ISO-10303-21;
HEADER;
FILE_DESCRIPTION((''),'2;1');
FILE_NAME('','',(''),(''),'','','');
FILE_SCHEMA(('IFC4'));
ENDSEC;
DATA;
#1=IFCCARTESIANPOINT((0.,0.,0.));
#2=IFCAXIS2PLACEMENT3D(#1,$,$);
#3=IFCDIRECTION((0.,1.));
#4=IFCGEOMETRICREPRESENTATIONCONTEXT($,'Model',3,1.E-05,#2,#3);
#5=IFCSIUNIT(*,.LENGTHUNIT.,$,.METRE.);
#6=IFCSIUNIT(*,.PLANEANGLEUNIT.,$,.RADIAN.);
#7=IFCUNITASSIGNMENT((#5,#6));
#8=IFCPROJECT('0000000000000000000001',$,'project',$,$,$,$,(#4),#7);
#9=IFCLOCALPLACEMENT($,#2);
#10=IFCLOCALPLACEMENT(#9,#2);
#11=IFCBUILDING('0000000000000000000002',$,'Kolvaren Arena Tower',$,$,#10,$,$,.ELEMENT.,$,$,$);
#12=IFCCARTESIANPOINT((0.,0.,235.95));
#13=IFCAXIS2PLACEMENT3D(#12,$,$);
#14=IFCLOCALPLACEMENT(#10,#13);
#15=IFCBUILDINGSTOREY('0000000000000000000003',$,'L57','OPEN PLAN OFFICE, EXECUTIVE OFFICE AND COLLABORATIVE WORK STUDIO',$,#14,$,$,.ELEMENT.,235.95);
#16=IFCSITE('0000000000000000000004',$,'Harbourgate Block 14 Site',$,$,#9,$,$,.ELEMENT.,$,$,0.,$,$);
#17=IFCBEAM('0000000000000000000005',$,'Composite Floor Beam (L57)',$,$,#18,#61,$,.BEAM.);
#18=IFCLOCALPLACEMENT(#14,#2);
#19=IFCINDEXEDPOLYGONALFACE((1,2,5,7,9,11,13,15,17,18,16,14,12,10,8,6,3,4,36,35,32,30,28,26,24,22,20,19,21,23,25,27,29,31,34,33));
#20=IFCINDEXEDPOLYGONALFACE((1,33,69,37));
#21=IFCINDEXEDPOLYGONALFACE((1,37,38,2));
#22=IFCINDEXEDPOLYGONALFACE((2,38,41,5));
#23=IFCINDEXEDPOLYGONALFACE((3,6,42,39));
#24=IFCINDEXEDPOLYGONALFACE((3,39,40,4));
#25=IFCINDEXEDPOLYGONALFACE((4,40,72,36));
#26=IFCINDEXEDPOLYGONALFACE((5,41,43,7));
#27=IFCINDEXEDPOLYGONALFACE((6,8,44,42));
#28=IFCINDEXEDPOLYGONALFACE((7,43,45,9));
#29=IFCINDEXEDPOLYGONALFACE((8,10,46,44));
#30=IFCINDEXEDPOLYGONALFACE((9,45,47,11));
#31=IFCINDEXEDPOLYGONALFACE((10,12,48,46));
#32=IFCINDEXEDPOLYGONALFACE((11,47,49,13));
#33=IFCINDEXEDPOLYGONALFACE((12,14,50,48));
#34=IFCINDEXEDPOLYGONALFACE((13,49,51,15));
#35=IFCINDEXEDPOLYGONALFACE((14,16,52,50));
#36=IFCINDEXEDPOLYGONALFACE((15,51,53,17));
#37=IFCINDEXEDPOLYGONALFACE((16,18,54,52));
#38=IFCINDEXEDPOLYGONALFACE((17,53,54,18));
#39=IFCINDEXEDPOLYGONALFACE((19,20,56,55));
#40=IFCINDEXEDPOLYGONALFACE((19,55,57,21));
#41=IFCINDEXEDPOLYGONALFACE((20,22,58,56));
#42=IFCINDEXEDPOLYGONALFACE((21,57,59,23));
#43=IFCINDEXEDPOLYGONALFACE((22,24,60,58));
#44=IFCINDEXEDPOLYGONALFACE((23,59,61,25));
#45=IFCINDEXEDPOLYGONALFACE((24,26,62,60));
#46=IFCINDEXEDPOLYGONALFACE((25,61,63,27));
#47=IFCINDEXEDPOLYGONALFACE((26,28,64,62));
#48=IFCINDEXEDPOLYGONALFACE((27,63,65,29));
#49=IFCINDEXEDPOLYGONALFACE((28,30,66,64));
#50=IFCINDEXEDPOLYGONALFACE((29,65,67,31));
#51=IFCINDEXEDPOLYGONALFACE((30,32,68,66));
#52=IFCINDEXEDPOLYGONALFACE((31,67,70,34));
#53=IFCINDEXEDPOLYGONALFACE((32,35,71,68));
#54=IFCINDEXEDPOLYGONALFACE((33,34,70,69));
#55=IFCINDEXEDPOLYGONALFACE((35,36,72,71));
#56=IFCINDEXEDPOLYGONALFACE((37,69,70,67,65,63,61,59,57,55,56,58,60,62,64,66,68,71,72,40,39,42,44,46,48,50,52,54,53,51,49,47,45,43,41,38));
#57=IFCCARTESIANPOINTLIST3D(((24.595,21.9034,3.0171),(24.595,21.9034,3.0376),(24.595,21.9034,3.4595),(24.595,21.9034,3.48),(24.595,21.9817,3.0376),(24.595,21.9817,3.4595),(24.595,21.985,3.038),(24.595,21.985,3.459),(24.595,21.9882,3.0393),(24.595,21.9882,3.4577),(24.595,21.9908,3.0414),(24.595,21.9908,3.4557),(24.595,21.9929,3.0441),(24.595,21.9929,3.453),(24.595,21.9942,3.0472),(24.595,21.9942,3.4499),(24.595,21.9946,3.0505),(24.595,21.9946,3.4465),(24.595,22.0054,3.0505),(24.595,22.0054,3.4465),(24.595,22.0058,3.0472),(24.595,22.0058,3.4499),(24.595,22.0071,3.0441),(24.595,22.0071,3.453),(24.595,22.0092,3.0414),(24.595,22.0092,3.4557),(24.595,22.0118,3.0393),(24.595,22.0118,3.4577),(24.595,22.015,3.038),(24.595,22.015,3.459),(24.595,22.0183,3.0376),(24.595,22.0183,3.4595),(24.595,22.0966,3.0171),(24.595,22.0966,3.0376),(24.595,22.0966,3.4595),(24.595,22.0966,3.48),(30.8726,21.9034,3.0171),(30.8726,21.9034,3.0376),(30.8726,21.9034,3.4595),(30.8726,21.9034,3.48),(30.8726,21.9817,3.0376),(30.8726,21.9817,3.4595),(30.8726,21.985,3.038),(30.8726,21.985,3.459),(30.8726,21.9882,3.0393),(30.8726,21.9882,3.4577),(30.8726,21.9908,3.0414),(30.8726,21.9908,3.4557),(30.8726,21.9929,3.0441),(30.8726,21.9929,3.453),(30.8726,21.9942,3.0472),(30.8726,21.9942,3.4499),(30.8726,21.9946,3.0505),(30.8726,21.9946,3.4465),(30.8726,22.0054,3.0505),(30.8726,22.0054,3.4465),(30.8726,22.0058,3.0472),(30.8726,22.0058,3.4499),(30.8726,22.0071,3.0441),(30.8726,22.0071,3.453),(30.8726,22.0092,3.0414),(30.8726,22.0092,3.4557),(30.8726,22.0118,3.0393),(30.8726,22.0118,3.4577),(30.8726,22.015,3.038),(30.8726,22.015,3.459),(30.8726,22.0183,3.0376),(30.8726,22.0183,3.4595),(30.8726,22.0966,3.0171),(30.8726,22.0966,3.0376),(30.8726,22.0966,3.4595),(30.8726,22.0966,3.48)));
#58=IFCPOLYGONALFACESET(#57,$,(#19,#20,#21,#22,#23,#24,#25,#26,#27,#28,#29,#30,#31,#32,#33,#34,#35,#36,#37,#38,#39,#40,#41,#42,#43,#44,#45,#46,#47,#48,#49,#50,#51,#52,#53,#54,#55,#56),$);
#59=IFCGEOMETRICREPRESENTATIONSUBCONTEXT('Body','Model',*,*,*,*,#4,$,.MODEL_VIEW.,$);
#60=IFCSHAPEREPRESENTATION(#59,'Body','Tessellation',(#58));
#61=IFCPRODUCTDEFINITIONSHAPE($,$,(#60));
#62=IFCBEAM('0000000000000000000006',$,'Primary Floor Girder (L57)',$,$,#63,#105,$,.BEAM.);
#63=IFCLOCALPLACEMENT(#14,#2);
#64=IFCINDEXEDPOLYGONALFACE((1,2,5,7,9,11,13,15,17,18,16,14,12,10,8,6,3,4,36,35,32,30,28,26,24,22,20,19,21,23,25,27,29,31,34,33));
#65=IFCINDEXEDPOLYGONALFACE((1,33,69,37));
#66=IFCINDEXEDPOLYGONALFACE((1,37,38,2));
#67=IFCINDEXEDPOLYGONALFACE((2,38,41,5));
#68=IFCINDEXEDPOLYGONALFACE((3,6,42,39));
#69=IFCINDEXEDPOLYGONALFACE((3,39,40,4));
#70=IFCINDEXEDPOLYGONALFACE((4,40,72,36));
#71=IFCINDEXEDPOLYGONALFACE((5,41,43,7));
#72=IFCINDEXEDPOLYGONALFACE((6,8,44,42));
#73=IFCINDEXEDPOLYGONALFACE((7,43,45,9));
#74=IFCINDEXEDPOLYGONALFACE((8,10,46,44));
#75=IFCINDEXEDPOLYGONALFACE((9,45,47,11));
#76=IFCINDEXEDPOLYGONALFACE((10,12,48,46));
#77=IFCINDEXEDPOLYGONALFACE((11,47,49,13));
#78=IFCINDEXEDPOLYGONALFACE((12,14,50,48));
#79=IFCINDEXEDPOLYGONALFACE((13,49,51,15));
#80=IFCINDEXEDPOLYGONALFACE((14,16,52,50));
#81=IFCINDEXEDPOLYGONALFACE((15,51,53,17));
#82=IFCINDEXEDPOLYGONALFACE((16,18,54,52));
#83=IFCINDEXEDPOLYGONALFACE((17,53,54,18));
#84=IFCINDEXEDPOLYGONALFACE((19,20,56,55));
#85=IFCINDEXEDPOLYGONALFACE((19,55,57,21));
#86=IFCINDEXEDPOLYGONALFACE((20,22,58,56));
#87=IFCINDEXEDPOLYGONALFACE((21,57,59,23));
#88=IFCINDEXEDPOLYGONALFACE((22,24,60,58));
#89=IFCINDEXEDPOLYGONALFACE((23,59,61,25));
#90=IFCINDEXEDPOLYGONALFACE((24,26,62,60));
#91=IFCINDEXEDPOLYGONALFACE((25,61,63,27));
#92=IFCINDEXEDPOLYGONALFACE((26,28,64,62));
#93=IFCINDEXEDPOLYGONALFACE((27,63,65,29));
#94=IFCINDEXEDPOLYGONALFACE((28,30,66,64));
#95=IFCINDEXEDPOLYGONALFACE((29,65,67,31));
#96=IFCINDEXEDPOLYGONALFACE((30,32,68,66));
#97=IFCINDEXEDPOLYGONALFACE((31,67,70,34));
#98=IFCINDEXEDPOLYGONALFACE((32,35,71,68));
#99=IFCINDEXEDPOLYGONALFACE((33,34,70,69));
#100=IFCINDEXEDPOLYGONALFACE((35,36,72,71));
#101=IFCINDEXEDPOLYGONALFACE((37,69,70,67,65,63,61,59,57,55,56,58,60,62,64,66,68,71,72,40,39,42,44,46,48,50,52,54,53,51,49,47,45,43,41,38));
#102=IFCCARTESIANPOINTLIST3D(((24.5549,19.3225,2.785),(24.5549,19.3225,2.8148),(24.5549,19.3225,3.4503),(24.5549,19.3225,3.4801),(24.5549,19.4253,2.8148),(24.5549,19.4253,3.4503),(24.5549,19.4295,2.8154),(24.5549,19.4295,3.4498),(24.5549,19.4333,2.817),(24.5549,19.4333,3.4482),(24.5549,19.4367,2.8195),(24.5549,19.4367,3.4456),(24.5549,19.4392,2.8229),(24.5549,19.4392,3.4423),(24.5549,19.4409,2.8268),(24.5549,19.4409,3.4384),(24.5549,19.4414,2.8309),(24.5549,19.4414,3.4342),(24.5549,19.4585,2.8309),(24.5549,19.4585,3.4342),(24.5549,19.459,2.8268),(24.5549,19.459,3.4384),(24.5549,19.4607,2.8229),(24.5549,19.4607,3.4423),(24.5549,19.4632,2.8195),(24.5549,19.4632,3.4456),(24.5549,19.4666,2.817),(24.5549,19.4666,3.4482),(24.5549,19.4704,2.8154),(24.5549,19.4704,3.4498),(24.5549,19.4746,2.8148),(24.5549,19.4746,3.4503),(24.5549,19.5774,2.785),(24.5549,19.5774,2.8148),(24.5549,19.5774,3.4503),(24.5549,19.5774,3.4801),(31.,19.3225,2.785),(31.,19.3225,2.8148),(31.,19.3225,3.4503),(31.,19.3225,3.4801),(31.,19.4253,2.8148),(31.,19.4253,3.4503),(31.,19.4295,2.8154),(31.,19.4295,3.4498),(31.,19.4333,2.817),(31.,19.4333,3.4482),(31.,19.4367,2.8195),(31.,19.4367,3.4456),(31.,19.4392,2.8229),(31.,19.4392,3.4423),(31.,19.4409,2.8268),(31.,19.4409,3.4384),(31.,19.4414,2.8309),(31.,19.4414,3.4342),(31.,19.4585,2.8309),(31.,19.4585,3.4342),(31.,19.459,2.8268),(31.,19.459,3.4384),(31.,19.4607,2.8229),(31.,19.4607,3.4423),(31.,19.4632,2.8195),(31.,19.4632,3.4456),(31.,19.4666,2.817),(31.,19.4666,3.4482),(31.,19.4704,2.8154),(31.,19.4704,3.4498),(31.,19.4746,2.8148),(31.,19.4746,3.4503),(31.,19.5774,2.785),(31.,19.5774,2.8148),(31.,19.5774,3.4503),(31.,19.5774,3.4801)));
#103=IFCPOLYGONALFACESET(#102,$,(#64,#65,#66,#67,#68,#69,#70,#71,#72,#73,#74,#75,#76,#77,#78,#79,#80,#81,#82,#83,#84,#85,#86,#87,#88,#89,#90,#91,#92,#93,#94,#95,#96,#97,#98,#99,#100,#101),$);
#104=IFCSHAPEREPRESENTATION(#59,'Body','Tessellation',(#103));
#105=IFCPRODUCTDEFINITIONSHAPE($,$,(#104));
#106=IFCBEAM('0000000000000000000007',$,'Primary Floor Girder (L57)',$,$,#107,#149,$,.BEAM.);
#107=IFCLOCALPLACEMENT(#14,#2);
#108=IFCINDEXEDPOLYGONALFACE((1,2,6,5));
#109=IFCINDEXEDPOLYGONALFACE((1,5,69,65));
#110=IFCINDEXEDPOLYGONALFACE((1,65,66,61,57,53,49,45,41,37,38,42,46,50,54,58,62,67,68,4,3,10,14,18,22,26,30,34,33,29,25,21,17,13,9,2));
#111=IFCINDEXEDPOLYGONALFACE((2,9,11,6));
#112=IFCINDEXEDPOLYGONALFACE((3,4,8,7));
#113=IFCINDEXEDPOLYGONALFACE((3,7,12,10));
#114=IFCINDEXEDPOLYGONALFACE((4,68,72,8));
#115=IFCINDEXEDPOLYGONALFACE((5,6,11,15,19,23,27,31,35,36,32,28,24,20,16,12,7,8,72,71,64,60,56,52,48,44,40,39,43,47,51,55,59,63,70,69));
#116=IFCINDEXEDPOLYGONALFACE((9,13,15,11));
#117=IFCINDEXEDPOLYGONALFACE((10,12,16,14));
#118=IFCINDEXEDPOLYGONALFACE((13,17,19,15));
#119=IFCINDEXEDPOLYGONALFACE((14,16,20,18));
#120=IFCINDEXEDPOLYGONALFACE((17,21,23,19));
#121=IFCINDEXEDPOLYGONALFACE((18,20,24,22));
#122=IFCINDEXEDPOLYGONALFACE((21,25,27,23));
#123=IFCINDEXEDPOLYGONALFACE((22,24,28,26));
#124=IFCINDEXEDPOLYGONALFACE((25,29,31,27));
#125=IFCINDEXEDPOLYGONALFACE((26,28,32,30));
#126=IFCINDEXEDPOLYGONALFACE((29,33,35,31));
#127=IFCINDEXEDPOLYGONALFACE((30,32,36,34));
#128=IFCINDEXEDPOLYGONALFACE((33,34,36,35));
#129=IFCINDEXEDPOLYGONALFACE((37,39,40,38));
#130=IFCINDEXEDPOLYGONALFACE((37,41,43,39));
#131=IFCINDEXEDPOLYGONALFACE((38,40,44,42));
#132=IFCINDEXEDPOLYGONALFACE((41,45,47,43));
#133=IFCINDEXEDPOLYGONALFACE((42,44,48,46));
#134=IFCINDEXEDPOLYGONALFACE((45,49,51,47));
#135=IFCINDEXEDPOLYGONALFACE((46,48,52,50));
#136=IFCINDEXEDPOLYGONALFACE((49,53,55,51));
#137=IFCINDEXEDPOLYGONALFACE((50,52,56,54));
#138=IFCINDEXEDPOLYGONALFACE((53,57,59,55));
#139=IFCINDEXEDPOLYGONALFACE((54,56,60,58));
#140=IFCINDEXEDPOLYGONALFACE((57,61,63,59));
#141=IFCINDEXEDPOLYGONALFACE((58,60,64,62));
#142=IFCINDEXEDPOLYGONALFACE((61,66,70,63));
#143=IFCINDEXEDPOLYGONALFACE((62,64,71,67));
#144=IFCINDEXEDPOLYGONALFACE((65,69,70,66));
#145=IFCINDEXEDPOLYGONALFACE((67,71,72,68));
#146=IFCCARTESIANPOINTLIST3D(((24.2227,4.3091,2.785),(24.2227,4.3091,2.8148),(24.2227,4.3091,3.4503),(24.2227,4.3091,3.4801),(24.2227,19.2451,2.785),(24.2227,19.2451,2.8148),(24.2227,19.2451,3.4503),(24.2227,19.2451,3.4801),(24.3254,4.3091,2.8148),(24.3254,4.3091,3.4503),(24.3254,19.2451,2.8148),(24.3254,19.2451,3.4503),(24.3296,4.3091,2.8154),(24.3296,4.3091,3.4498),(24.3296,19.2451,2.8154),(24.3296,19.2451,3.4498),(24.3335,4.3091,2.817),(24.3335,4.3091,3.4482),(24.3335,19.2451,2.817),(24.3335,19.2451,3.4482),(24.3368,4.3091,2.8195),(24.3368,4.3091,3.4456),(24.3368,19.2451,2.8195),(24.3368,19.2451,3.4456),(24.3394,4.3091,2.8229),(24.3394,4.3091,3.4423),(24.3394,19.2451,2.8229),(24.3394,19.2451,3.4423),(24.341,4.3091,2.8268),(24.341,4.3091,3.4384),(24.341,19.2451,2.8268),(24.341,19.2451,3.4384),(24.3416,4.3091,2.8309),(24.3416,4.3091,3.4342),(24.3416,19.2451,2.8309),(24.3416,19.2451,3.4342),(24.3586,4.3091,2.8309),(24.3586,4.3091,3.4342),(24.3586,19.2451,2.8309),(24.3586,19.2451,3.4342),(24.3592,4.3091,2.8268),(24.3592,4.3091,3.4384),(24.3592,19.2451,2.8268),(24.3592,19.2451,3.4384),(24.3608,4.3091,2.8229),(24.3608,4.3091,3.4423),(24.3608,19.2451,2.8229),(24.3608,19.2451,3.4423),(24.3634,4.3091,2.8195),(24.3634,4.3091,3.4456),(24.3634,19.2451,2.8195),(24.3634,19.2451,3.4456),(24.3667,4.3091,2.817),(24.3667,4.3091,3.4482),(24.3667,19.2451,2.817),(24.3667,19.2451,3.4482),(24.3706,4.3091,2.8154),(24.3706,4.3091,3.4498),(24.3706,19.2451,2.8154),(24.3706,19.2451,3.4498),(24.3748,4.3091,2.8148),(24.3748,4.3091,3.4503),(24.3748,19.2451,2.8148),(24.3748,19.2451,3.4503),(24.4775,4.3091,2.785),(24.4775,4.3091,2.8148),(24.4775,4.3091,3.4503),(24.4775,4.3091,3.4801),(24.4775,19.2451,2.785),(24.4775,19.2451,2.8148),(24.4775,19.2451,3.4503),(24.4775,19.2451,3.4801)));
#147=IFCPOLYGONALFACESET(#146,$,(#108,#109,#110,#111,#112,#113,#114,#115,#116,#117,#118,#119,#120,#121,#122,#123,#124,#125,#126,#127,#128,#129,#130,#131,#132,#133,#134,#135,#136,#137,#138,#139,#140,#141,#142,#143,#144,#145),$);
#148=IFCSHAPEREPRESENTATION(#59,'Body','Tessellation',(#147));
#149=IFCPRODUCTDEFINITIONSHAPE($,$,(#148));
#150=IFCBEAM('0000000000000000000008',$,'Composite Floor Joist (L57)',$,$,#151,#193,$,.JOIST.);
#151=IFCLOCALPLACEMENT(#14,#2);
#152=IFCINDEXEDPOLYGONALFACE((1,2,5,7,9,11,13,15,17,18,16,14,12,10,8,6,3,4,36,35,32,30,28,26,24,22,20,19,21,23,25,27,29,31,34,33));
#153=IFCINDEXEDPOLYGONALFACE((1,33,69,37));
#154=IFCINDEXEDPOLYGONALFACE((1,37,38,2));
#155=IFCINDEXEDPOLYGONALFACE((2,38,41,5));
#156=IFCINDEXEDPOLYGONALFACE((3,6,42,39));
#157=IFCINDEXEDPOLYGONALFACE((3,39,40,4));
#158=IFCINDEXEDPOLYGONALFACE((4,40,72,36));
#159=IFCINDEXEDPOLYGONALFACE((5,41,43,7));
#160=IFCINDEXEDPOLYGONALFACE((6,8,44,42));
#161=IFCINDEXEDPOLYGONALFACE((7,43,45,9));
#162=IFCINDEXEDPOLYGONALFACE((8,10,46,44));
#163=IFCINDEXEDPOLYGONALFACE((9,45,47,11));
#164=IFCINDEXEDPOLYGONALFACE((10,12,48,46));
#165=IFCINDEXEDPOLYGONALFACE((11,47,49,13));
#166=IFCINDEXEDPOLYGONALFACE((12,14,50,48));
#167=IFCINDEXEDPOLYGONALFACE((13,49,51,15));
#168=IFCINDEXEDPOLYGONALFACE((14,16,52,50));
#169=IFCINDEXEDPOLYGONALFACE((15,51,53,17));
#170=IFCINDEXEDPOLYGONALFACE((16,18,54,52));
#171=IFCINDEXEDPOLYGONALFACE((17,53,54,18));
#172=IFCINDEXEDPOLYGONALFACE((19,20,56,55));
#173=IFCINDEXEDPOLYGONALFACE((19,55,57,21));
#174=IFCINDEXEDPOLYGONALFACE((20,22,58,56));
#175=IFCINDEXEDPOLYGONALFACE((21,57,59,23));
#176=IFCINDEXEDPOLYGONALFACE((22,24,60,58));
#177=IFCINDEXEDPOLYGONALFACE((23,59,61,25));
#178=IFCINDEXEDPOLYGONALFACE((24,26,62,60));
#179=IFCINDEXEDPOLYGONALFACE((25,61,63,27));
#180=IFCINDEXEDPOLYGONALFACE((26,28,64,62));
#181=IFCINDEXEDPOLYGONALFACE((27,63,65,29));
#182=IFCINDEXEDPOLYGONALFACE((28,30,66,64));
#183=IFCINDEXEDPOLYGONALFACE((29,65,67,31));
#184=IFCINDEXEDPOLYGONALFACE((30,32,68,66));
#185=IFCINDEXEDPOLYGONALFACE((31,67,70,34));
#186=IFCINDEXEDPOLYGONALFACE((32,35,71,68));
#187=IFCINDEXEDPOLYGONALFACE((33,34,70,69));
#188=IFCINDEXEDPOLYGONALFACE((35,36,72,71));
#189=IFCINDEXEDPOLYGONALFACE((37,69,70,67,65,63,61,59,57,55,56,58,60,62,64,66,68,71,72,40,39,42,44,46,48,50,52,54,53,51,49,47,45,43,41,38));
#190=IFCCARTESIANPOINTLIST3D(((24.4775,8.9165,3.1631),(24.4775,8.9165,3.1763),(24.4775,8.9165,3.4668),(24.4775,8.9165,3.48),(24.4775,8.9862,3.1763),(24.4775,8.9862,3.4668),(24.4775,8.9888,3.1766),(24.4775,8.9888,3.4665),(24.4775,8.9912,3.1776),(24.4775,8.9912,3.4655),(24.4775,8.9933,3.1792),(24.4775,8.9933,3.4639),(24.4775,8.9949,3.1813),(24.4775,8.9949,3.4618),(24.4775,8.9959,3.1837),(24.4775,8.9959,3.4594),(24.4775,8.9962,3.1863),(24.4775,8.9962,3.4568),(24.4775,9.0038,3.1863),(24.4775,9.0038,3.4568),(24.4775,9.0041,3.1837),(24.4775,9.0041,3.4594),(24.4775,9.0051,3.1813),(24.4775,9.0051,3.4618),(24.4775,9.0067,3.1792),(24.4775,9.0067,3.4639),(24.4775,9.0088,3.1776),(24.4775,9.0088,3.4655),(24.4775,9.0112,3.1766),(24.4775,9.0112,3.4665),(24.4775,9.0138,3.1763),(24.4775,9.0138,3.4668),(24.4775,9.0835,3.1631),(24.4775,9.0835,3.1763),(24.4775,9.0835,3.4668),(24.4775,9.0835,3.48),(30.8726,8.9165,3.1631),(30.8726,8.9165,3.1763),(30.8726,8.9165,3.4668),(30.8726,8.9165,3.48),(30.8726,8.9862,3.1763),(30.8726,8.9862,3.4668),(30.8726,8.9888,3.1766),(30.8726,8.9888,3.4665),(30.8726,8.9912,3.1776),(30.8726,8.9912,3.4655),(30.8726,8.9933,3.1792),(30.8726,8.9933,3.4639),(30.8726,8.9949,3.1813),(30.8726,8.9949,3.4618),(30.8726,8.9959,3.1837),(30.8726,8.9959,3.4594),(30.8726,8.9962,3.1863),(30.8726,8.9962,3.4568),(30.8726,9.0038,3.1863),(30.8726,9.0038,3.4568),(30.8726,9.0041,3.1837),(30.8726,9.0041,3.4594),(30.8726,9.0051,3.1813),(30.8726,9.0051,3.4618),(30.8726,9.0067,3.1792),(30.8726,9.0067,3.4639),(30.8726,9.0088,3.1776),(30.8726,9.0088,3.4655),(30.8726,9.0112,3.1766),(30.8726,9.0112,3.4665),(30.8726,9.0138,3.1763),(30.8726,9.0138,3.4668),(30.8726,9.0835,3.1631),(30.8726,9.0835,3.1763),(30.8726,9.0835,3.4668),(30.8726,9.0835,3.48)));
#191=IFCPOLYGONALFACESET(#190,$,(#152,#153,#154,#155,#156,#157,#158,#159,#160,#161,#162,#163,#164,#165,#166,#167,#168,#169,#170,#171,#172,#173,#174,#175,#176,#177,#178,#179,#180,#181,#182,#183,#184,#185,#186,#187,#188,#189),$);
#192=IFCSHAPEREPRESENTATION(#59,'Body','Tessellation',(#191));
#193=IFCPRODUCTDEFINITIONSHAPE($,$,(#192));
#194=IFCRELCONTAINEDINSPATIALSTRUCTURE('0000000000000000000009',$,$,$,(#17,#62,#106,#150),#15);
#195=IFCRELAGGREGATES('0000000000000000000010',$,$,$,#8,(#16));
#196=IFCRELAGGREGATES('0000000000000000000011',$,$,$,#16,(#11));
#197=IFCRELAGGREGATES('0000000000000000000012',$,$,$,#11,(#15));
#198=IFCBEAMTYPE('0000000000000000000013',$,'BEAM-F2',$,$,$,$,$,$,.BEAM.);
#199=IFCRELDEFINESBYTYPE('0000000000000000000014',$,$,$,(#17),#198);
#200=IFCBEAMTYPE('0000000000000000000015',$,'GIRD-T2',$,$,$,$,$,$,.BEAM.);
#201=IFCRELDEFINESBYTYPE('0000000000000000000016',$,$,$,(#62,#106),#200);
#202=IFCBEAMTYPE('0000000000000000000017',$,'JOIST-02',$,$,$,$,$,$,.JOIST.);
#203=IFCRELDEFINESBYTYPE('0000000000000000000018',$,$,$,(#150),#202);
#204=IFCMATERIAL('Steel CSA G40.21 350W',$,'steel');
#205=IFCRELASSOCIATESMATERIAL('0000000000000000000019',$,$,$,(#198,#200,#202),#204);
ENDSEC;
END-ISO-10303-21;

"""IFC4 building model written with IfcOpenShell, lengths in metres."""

from ifc_helpers import new_model, si_unit, direction, frame, origin, origin_2d, place, context, subcontext, project, spatial, i_section, extrude, material, material_profile, profile_set, type_object, element, save


model = new_model("IFC4")

# Units and contexts
model_context = context("Model", 3, precision=1e-05, world=origin(), true_north=direction((0.0, 1.0)))
body_context = subcontext(model_context, "Body", "Model", "MODEL_VIEW")
ifc_project = project(units=[si_unit("LENGTHUNIT", "METRE"), si_unit("PLANEANGLEUNIT", "RADIAN")], contexts=[model_context])

# Site, building, storey
site_placement = place(None, origin())
site = spatial("IfcSite", under=ifc_project, at=site_placement, Name="Harbourgate Block 14 Site", CompositionType="ELEMENT", RefElevation=0.0)
building_placement = place(site_placement, origin())
building = spatial("IfcBuilding", under=site, at=building_placement, Name="Kolvaren Arena Tower", CompositionType="ELEMENT")
storey_placement = place(building_placement, frame((0.0, 0.0, 235.95)))
storey = spatial("IfcBuildingStorey", under=building, at=storey_placement, Name="L57", Description="OPEN PLAN OFFICE, EXECUTIVE OFFICE AND COLLABORATIVE WORK STUDIO", CompositionType="ELEMENT", Elevation=235.95)

# Beams
ifc_material_1 = material(Name="Steel CSA G40.21 350W", Category="steel")
ifc_material_profile_1 = material_profile(ifc_material_1, i_section(OverallWidth=0.1931, OverallDepth=0.4629, WebThickness=0.0107, FlangeThickness=0.0205, FilletRadius=0.0129, at=origin_2d()), Name="W460x113")
ifc_profile_set_1 = profile_set([ifc_material_profile_1], Name="Steel CSA G40.21 350W")
beam_type_1 = type_object("IfcBeamType", Name="BEAM-F2", PredefinedType="BEAM", material=ifc_profile_set_1)
beam_1_placement = place(storey_placement, frame((24.595, 22.0, 3.2485), z_axis=(1.0, 0.0, 0.0), x_axis=(0.0, 1.0, 0.0)))
element("IfcBeam", 1, at=beam_1_placement, inside=storey, type_object=beam_type_1, Name="Composite Floor Beam (L57)", PredefinedType="BEAM", context=body_context, shape_type="SweptSolid", body=[
    extrude(i_section(OverallWidth=0.1931, OverallDepth=0.4629, WebThickness=0.0107, FlangeThickness=0.0205, FilletRadius=0.0129, at=origin_2d()), origin(), (0.0, 0.0, 1.0), 6.2776),
])
ifc_material_profile_2 = material_profile(ifc_material_1, i_section(OverallWidth=0.2549, OverallDepth=0.6951, WebThickness=0.0171, FlangeThickness=0.0298, FilletRadius=0.0161, at=origin_2d()), Name="W690x217")
ifc_profile_set_2 = profile_set([ifc_material_profile_2], Name="Steel CSA G40.21 350W")
beam_type_2 = type_object("IfcBeamType", Name="GIRD-T2", PredefinedType="BEAM", material=ifc_profile_set_2)
beam_2_placement = place(storey_placement, frame((24.5549, 19.45, 3.1326), z_axis=(1.0, 0.0, 0.0), x_axis=(0.0, 1.0, 0.0)))
element("IfcBeam", 2, at=beam_2_placement, inside=storey, type_object=beam_type_2, Name="Primary Floor Girder (L57)", PredefinedType="BEAM", context=body_context, shape_type="SweptSolid", body=[
    extrude(i_section(OverallWidth=0.2549, OverallDepth=0.6951, WebThickness=0.0171, FlangeThickness=0.0298, FilletRadius=0.0161, at=origin_2d()), origin(), (0.0, 0.0, 1.0), 6.4451),
])
beam_3_placement = place(storey_placement, frame((24.3501, 4.3091, 3.1326), z_axis=(0.0, 1.0, 0.0), x_axis=(-1.0, 0.0, 0.0)))
element("IfcBeam", 3, at=beam_3_placement, inside=storey, type_object=beam_type_2, Name="Primary Floor Girder (L57)", PredefinedType="BEAM", context=body_context, shape_type="SweptSolid", body=[
    extrude(i_section(OverallWidth=0.2549, OverallDepth=0.6951, WebThickness=0.0171, FlangeThickness=0.0298, FilletRadius=0.0161, at=origin_2d()), origin(), (0.0, 0.0, 1.0), 14.936),
])
ifc_material_profile_3 = material_profile(ifc_material_1, i_section(OverallWidth=0.167, OverallDepth=0.3169, WebThickness=0.0076, FlangeThickness=0.0132, FilletRadius=0.01, at=origin_2d()), Name="W310x52")
ifc_profile_set_3 = profile_set([ifc_material_profile_3], Name="Steel CSA G40.21 350W")
beam_type_3 = type_object("IfcBeamType", Name="JOIST-02", PredefinedType="JOIST", material=ifc_profile_set_3)
for number, where, z_axis, x_axis, name in (
    (4, (24.4775, 9.0, 3.3215), (1.0, 0.0, 0.0), (0.0, 1.0, 0.0), "Composite Floor Joist (L57)"),
):
    element("IfcBeam", number, at=place(storey_placement, frame(where, z_axis=z_axis, x_axis=x_axis)), inside=storey, type_object=beam_type_3, Name=name, PredefinedType="JOIST", context=body_context, shape_type="SweptSolid", body=[
        extrude(i_section(OverallWidth=0.167, OverallDepth=0.3169, WebThickness=0.0076, FlangeThickness=0.0132, FilletRadius=0.01, at=origin_2d()), origin(), (0.0, 0.0, 1.0), 6.395),
    ])

save(model, "model.ifc")
